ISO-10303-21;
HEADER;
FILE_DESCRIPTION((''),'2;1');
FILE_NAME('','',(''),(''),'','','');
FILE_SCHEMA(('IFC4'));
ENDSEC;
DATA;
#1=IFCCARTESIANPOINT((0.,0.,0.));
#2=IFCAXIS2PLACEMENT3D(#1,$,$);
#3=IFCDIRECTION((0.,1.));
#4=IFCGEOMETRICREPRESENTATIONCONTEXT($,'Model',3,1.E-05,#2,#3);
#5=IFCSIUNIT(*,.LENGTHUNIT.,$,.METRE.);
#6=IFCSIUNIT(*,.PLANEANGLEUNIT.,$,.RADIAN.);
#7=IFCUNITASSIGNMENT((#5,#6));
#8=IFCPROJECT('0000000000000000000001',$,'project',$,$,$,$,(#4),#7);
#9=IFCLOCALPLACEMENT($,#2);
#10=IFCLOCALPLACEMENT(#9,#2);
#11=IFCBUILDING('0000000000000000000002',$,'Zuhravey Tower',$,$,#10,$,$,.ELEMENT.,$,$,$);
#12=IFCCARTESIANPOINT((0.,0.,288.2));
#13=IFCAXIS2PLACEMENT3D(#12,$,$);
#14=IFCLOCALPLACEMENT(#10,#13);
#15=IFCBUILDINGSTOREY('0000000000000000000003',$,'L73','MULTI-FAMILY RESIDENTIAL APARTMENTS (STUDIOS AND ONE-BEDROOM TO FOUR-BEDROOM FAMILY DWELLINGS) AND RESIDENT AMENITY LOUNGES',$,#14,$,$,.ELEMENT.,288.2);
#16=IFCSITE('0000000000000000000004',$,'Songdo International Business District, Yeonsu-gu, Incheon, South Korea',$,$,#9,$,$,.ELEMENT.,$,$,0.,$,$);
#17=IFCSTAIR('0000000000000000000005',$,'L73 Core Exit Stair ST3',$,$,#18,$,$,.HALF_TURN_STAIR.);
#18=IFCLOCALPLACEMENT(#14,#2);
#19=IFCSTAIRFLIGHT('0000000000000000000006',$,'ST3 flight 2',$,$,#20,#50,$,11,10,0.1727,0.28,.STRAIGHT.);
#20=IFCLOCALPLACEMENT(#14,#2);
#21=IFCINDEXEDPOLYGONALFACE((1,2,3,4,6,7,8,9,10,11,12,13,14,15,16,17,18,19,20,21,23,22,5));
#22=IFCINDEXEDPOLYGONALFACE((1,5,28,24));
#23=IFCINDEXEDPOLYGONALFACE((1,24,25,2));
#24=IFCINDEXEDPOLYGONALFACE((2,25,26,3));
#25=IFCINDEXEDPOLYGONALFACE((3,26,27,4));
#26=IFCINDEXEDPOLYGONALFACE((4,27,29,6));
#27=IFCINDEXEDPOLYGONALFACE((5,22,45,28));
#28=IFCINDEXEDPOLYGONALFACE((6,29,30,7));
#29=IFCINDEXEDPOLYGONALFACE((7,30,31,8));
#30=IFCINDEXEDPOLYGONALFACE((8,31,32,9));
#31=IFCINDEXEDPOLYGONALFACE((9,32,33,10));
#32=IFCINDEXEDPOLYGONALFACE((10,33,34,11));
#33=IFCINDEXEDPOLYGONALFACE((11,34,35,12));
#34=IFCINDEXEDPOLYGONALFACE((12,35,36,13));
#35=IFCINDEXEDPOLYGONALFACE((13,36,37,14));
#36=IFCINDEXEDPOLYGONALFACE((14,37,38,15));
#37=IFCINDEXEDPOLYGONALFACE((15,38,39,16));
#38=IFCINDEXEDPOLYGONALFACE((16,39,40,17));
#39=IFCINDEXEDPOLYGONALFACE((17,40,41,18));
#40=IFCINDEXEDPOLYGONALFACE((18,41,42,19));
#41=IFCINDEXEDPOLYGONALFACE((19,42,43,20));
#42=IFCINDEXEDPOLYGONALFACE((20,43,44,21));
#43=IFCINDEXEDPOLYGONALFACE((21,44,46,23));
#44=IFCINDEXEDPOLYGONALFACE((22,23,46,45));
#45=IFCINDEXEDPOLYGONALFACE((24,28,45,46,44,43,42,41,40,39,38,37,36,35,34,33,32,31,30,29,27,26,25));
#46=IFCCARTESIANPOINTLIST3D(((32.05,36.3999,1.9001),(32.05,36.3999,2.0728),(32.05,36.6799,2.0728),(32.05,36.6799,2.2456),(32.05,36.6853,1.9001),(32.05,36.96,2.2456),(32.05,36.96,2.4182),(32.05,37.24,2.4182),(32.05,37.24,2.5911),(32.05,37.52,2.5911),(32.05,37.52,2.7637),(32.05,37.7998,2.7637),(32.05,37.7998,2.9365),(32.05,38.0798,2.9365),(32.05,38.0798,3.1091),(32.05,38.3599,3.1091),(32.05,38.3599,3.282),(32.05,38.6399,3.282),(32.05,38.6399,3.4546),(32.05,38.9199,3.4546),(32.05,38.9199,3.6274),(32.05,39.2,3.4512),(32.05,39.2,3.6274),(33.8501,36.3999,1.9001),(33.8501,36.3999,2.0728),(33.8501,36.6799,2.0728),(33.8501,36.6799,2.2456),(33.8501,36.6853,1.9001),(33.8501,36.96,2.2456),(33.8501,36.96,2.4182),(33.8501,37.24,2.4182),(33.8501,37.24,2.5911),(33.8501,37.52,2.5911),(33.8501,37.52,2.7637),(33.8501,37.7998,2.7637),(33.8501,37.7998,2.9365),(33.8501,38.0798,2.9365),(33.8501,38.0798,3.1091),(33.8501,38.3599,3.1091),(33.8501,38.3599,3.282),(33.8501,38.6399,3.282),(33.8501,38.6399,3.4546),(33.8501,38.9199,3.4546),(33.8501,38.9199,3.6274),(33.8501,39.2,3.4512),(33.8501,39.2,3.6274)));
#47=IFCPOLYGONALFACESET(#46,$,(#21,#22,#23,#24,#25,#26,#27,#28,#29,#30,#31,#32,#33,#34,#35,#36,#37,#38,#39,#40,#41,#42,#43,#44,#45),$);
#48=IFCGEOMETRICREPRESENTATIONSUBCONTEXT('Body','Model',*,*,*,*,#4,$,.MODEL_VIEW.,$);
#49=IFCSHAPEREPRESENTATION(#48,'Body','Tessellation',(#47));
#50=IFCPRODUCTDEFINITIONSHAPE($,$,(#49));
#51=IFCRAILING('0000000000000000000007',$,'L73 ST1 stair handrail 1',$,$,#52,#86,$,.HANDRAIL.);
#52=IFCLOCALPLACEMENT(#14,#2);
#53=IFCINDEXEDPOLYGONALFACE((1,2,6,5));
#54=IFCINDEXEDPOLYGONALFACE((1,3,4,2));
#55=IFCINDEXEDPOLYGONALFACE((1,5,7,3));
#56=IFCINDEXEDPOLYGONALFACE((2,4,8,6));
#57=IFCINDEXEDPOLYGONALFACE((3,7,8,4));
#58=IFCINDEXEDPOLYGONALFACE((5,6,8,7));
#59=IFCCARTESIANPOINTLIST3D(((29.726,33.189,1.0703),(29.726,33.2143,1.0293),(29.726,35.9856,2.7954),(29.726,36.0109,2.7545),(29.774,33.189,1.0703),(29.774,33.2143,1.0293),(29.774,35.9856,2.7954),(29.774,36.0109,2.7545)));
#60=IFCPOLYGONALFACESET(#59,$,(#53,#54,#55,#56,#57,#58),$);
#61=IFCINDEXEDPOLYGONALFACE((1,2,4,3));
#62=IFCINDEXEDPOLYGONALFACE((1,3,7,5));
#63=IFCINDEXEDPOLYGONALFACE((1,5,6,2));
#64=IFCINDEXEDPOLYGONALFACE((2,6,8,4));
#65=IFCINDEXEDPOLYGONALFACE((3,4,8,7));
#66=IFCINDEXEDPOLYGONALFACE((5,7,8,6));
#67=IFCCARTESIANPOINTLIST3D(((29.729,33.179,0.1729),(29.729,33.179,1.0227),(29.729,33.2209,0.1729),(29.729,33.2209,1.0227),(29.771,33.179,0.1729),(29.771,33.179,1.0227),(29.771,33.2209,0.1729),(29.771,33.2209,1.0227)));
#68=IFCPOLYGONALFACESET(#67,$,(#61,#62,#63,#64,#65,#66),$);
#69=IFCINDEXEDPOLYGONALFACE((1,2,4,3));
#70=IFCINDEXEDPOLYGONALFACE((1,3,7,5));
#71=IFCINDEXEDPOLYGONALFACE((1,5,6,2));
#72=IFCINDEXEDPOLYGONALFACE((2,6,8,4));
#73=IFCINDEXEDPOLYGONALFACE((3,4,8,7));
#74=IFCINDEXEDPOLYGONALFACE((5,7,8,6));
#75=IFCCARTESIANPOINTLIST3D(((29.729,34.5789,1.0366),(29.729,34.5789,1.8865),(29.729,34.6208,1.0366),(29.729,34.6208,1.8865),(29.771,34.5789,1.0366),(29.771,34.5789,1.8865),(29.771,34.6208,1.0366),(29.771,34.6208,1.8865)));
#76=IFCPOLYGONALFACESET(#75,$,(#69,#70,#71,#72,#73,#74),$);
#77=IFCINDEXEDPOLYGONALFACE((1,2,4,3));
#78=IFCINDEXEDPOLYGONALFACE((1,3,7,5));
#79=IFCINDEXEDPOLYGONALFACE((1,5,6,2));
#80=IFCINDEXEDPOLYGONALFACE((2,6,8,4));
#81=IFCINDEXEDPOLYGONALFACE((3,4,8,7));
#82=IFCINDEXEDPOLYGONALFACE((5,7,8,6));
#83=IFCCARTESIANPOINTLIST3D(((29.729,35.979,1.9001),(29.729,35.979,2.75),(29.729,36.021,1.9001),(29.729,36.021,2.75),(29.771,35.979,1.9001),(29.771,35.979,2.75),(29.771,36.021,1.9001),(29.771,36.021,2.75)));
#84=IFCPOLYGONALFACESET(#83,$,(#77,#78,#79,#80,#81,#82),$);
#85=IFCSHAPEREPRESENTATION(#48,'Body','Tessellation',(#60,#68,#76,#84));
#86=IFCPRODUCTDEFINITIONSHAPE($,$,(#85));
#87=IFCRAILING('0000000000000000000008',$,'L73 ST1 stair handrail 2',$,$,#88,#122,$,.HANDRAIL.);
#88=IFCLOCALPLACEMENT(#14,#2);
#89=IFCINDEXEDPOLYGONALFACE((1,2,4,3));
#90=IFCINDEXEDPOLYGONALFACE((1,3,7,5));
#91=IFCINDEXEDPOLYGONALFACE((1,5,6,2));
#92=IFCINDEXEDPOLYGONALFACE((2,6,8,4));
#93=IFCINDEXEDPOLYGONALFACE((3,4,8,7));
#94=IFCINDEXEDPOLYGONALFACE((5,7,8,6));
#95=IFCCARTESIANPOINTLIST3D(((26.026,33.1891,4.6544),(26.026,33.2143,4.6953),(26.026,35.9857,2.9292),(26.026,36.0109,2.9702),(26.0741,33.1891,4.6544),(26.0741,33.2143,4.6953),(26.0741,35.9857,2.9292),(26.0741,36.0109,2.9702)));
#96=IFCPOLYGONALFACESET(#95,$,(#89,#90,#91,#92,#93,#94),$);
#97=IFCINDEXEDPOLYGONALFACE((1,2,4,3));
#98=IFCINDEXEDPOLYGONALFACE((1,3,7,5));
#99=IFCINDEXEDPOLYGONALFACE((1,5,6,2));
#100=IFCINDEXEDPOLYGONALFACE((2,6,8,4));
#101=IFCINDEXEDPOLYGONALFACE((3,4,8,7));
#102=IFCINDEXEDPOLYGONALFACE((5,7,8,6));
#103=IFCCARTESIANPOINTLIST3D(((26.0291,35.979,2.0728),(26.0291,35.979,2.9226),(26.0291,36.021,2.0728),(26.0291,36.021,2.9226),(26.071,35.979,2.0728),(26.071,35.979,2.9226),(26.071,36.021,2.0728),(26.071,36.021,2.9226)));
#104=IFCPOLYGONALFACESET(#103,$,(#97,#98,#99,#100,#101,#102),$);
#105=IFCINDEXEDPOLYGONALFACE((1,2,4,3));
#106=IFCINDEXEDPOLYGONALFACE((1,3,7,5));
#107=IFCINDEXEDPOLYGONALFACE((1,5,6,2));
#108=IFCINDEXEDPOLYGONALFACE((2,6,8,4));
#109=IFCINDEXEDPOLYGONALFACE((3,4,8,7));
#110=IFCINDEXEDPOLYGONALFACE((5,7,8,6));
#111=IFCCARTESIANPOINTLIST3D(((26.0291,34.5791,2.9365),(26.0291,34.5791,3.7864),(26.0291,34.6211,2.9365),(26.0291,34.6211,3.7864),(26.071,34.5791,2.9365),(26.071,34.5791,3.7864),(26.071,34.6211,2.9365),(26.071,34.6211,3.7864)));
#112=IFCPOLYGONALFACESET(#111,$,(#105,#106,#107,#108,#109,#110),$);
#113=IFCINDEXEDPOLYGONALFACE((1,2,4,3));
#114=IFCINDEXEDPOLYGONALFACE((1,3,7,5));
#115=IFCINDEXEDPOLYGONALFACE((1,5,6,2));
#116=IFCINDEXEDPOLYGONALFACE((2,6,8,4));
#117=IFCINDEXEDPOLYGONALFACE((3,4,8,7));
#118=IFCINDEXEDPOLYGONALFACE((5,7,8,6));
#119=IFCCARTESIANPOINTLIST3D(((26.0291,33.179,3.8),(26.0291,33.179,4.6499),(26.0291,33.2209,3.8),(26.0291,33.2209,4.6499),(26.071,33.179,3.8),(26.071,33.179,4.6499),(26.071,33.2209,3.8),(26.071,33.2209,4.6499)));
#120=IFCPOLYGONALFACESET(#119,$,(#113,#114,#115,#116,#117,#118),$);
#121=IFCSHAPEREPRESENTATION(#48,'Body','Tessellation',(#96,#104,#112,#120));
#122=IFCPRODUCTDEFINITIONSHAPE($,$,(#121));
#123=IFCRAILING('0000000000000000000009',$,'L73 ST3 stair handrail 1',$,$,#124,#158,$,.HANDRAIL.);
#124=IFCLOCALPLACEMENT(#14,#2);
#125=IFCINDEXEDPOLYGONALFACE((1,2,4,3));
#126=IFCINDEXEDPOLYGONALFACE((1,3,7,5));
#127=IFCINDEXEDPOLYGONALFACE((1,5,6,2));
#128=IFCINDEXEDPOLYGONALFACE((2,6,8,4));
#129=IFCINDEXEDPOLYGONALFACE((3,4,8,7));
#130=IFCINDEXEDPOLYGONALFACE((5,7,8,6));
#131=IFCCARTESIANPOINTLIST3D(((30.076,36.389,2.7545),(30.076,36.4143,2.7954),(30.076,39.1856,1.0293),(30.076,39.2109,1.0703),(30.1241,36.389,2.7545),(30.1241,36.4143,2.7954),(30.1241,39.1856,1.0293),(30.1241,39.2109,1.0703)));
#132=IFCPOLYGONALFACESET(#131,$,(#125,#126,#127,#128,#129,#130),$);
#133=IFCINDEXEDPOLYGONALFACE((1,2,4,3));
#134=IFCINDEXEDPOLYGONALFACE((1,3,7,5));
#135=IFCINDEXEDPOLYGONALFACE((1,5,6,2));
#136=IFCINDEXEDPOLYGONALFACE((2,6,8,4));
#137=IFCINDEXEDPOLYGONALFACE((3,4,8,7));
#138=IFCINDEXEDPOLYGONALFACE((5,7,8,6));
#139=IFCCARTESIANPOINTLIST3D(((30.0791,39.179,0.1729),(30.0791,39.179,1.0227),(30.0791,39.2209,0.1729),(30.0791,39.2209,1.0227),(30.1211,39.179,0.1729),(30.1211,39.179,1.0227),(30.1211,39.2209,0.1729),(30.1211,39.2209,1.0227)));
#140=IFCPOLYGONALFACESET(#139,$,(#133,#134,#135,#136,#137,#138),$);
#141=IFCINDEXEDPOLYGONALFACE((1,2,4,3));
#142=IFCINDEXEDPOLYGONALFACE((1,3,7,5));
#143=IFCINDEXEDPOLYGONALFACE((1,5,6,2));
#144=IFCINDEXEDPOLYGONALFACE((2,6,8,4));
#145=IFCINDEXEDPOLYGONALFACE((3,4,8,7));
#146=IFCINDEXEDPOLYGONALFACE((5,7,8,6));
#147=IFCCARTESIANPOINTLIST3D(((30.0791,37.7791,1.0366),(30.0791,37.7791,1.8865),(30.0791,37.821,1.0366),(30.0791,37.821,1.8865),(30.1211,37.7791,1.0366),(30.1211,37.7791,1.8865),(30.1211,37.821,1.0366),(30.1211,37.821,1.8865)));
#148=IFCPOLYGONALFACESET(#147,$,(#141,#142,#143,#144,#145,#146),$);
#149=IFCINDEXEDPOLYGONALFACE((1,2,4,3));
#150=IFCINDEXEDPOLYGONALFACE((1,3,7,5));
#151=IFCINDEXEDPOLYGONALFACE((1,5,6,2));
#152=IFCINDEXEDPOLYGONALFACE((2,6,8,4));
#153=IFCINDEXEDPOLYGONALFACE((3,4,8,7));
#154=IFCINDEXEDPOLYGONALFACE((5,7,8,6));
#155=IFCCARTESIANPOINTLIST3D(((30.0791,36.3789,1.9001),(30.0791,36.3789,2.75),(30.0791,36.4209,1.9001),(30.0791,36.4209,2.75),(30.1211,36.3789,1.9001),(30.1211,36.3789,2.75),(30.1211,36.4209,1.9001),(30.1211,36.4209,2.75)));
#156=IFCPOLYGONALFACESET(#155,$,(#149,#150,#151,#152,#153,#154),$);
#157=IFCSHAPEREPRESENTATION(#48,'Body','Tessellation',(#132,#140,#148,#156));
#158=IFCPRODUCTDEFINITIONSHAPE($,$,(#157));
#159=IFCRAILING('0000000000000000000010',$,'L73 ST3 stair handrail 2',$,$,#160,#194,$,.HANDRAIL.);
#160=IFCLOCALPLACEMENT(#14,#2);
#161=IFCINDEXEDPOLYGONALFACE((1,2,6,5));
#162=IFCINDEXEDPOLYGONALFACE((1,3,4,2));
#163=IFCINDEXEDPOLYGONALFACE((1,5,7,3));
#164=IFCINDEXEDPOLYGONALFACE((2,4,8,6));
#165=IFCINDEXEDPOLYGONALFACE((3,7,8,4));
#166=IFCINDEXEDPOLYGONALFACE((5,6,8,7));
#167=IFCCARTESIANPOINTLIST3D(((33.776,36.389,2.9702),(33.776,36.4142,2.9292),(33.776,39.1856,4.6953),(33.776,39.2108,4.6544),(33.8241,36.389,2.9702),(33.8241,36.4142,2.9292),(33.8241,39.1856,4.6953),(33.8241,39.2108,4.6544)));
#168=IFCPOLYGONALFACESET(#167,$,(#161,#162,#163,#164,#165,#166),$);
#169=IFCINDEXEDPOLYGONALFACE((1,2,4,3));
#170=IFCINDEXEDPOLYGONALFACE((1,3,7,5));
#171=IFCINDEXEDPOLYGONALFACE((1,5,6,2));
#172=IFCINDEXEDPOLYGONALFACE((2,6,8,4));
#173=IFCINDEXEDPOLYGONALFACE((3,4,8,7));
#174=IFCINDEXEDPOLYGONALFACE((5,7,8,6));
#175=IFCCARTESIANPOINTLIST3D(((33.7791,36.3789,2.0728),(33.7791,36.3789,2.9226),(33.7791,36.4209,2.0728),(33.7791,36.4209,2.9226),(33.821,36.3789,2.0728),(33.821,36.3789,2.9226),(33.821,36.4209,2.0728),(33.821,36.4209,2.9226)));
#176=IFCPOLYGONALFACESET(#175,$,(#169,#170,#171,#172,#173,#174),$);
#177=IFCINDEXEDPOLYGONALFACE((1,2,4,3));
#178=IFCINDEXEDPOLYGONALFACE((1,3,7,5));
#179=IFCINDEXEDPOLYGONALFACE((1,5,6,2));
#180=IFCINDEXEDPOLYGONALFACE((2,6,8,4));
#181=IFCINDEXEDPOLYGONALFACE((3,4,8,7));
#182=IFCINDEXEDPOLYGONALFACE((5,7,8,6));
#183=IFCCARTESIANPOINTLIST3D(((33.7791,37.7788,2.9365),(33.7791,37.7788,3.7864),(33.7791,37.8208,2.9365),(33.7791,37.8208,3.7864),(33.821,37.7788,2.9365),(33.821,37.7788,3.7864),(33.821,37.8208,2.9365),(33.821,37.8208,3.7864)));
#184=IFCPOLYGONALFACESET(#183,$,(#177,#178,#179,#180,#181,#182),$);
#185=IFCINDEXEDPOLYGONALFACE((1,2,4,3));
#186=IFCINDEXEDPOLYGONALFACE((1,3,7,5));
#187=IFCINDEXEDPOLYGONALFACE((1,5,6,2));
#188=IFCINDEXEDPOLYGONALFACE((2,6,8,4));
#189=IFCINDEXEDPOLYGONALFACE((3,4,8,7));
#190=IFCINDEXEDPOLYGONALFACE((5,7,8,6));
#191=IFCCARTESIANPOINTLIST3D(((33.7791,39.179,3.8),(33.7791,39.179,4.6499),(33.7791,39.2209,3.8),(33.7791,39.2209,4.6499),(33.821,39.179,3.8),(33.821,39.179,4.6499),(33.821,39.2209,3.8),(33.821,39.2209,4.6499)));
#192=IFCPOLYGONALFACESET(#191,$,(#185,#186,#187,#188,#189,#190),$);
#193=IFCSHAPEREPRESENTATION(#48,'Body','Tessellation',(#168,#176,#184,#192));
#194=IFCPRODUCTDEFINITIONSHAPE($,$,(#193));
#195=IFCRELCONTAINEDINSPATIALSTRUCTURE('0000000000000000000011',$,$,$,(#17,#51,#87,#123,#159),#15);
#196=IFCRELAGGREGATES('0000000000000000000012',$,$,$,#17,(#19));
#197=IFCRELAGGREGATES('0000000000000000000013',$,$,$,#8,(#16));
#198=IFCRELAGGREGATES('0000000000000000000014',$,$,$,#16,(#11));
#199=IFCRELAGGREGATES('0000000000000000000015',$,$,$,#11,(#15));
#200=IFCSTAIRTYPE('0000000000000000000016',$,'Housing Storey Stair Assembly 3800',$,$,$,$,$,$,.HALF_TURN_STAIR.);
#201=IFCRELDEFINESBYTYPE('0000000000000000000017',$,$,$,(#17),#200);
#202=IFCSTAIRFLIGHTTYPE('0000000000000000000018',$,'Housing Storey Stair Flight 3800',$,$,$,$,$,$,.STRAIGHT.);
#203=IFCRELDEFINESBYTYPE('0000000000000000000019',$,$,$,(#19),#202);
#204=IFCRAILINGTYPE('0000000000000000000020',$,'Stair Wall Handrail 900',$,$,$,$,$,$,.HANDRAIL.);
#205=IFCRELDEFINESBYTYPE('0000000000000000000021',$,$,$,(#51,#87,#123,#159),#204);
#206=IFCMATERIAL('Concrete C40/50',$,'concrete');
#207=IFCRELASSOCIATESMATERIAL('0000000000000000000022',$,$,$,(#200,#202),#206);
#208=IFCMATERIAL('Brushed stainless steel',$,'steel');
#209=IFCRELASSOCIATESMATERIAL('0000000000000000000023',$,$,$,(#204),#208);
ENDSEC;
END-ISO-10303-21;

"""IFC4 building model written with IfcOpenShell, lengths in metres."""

from ifc_helpers import new_model, si_unit, direction, frame, origin, origin_2d, place, context, subcontext, project, spatial, polyline, rectangle, outline, extrude, material, type_object, element, aggregate, save


model = new_model("IFC4")

# Units and contexts
model_context = context("Model", 3, precision=1e-05, world=origin(), true_north=direction((0.0, 1.0)))
body_context = subcontext(model_context, "Body", "Model", "MODEL_VIEW")
ifc_project = project(units=[si_unit("LENGTHUNIT", "METRE"), si_unit("PLANEANGLEUNIT", "RADIAN")], contexts=[model_context])

# Site, building, storey
site_placement = place(None, origin())
site = spatial("IfcSite", under=ifc_project, at=site_placement, Name="Songdo International Business District, Yeonsu-gu, Incheon, South Korea", CompositionType="ELEMENT", RefElevation=0.0)
building_placement = place(site_placement, origin())
building = spatial("IfcBuilding", under=site, at=building_placement, Name="Zuhravey Tower", CompositionType="ELEMENT")
storey_placement = place(building_placement, frame((0.0, 0.0, 288.2)))
storey = spatial("IfcBuildingStorey", under=building, at=storey_placement, Name="L73", Description="MULTI-FAMILY RESIDENTIAL APARTMENTS (STUDIOS AND ONE-BEDROOM TO FOUR-BEDROOM FAMILY DWELLINGS) AND RESIDENT AMENITY LOUNGES", CompositionType="ELEMENT", Elevation=288.2)

# Stair, stair flight
ifc_material_1 = material(Name="Concrete C40/50", Category="concrete")
stair_type = type_object("IfcStairType", Name="Housing Storey Stair Assembly 3800", PredefinedType="HALF_TURN_STAIR", material=ifc_material_1)
stair_flight_type = type_object("IfcStairFlightType", Name="Housing Storey Stair Flight 3800", PredefinedType="STRAIGHT", material=ifc_material_1)
stair_1_placement = place(storey_placement, origin())
stair_1 = element("IfcStair", 1, at=stair_1_placement, inside=storey, type_object=stair_type, Name="L73 Core Exit Stair ST3", PredefinedType="HALF_TURN_STAIR")
stair_flight_1_placement = place(storey_placement, frame((32.95, 36.3999, 1.9001), z_axis=(0.0, 0.0, 1.0), x_axis=(0.0, 1.0, 0.0)))
stair_flight_1 = element("IfcStairFlight", 2, at=stair_flight_1_placement, type_object=stair_flight_type, Name="ST3 flight 2", NumberOfRisers=11, NumberOfTreads=10, PredefinedType="STRAIGHT", RiserHeight=0.1727, TreadLength=0.28, context=body_context, shape_type="SweptSolid", body=[
    extrude(outline(polyline([(0.0, 0.0), (0.0, 0.1726), (0.28, 0.1726), (0.28, 0.3455), (0.5601, 0.3455), (0.5601, 0.5181), (0.8401, 0.5181), (0.8401, 0.6909), (1.1201, 0.6909), (1.1201, 0.8635), (1.3999, 0.8635), (1.3999, 1.0364), (1.6799, 1.0364), (1.6799, 1.209), (1.96, 1.209), (1.96, 1.3818), (2.24, 1.3818), (2.24, 1.5544), (2.52, 1.5544), (2.52, 1.7273), (2.8, 1.7273), (2.8, 1.8999), (2.8, 1.551), (0.2854, 0.0), (0.0, 0.0)])), frame((0.0, 0.8999, 0.0), z_axis=(0.0, -1.0, 0.0), x_axis=(1.0, 0.0, 0.0)), (0.0, 0.0, 1.0), 1.8),
])
aggregate(stair_1, [stair_flight_1])

# Railings
ifc_material_2 = material(Name="Brushed stainless steel", Category="steel")
railing_type_1 = type_object("IfcRailingType", Name="Stair Wall Handrail 900", PredefinedType="HANDRAIL", material=ifc_material_2)
railing_1_placement = place(storey_placement, frame((29.75, 33.2, 0.1729)))
element("IfcRailing", 3, at=railing_1_placement, inside=storey, type_object=railing_type_1, Name="L73 ST1 stair handrail 1", PredefinedType="HANDRAIL", context=body_context, shape_type="SweptSolid", body=[
    extrude(rectangle(XDim=0.0481, YDim=0.0481, at=origin_2d()), frame((0.0, 0.0017, 0.877), z_axis=(0.0, 0.85109, 0.52502), x_axis=(-1.0, 0.0, 0.0)), (0.0, 0.0, 1.0), 3.2859),
    extrude(rectangle(XDim=0.042, YDim=0.042, at=origin_2d()), origin(), (0.0, 0.0, 1.0), 0.8499),
    extrude(rectangle(XDim=0.042, YDim=0.042, at=origin_2d()), frame((0.0, 1.3999, 0.8638)), (0.0, 0.0, 1.0), 0.8499),
    extrude(rectangle(XDim=0.042, YDim=0.042, at=origin_2d()), frame((0.0, 2.8, 1.7273)), (0.0, 0.0, 1.0), 0.8499),
])
for number, where, name in (
    (4, (26.05, 36.0, 2.0728), "L73 ST1 stair handrail 2"),
    (5, (30.1001, 39.2, 0.1729), "L73 ST3 stair handrail 1"),
):
    element("IfcRailing", number, at=place(storey_placement, frame(where)), inside=storey, type_object=railing_type_1, Name=name, PredefinedType="HANDRAIL", context=body_context, shape_type="SweptSolid", body=[
        extrude(rectangle(XDim=0.0481, YDim=0.0481, at=origin_2d()), frame((0.0, -0.0017, 0.877), z_axis=(0.0, -0.85109, 0.52502), x_axis=(1.0, 0.0, 0.0)), (0.0, 0.0, 1.0), 3.2859),
        extrude(rectangle(XDim=0.042, YDim=0.042, at=origin_2d()), origin(), (0.0, 0.0, 1.0), 0.8499),
        extrude(rectangle(XDim=0.042, YDim=0.042, at=origin_2d()), frame((0.0, -1.3999, 0.8638)), (0.0, 0.0, 1.0), 0.8499),
        extrude(rectangle(XDim=0.042, YDim=0.042, at=origin_2d()), frame((0.0, -2.8, 1.7273)), (0.0, 0.0, 1.0), 0.8499),
    ])
railing_2_placement = place(storey_placement, frame((33.8, 36.3999, 2.0728)))
element("IfcRailing", 6, at=railing_2_placement, inside=storey, type_object=railing_type_1, Name="L73 ST3 stair handrail 2", PredefinedType="HANDRAIL", context=body_context, shape_type="SweptSolid", body=[
    extrude(rectangle(XDim=0.0481, YDim=0.0481, at=origin_2d()), frame((0.0, 0.0017, 0.877), z_axis=(0.0, 0.85109, 0.52502), x_axis=(-1.0, 0.0, 0.0)), (0.0, 0.0, 1.0), 3.2859),
    extrude(rectangle(XDim=0.042, YDim=0.042, at=origin_2d()), origin(), (0.0, 0.0, 1.0), 0.8499),
    extrude(rectangle(XDim=0.042, YDim=0.042, at=origin_2d()), frame((0.0, 1.3999, 0.8638)), (0.0, 0.0, 1.0), 0.8499),
    extrude(rectangle(XDim=0.042, YDim=0.042, at=origin_2d()), frame((0.0, 2.8, 1.7273)), (0.0, 0.0, 1.0), 0.8499),
])

save(model, "model.ifc")
